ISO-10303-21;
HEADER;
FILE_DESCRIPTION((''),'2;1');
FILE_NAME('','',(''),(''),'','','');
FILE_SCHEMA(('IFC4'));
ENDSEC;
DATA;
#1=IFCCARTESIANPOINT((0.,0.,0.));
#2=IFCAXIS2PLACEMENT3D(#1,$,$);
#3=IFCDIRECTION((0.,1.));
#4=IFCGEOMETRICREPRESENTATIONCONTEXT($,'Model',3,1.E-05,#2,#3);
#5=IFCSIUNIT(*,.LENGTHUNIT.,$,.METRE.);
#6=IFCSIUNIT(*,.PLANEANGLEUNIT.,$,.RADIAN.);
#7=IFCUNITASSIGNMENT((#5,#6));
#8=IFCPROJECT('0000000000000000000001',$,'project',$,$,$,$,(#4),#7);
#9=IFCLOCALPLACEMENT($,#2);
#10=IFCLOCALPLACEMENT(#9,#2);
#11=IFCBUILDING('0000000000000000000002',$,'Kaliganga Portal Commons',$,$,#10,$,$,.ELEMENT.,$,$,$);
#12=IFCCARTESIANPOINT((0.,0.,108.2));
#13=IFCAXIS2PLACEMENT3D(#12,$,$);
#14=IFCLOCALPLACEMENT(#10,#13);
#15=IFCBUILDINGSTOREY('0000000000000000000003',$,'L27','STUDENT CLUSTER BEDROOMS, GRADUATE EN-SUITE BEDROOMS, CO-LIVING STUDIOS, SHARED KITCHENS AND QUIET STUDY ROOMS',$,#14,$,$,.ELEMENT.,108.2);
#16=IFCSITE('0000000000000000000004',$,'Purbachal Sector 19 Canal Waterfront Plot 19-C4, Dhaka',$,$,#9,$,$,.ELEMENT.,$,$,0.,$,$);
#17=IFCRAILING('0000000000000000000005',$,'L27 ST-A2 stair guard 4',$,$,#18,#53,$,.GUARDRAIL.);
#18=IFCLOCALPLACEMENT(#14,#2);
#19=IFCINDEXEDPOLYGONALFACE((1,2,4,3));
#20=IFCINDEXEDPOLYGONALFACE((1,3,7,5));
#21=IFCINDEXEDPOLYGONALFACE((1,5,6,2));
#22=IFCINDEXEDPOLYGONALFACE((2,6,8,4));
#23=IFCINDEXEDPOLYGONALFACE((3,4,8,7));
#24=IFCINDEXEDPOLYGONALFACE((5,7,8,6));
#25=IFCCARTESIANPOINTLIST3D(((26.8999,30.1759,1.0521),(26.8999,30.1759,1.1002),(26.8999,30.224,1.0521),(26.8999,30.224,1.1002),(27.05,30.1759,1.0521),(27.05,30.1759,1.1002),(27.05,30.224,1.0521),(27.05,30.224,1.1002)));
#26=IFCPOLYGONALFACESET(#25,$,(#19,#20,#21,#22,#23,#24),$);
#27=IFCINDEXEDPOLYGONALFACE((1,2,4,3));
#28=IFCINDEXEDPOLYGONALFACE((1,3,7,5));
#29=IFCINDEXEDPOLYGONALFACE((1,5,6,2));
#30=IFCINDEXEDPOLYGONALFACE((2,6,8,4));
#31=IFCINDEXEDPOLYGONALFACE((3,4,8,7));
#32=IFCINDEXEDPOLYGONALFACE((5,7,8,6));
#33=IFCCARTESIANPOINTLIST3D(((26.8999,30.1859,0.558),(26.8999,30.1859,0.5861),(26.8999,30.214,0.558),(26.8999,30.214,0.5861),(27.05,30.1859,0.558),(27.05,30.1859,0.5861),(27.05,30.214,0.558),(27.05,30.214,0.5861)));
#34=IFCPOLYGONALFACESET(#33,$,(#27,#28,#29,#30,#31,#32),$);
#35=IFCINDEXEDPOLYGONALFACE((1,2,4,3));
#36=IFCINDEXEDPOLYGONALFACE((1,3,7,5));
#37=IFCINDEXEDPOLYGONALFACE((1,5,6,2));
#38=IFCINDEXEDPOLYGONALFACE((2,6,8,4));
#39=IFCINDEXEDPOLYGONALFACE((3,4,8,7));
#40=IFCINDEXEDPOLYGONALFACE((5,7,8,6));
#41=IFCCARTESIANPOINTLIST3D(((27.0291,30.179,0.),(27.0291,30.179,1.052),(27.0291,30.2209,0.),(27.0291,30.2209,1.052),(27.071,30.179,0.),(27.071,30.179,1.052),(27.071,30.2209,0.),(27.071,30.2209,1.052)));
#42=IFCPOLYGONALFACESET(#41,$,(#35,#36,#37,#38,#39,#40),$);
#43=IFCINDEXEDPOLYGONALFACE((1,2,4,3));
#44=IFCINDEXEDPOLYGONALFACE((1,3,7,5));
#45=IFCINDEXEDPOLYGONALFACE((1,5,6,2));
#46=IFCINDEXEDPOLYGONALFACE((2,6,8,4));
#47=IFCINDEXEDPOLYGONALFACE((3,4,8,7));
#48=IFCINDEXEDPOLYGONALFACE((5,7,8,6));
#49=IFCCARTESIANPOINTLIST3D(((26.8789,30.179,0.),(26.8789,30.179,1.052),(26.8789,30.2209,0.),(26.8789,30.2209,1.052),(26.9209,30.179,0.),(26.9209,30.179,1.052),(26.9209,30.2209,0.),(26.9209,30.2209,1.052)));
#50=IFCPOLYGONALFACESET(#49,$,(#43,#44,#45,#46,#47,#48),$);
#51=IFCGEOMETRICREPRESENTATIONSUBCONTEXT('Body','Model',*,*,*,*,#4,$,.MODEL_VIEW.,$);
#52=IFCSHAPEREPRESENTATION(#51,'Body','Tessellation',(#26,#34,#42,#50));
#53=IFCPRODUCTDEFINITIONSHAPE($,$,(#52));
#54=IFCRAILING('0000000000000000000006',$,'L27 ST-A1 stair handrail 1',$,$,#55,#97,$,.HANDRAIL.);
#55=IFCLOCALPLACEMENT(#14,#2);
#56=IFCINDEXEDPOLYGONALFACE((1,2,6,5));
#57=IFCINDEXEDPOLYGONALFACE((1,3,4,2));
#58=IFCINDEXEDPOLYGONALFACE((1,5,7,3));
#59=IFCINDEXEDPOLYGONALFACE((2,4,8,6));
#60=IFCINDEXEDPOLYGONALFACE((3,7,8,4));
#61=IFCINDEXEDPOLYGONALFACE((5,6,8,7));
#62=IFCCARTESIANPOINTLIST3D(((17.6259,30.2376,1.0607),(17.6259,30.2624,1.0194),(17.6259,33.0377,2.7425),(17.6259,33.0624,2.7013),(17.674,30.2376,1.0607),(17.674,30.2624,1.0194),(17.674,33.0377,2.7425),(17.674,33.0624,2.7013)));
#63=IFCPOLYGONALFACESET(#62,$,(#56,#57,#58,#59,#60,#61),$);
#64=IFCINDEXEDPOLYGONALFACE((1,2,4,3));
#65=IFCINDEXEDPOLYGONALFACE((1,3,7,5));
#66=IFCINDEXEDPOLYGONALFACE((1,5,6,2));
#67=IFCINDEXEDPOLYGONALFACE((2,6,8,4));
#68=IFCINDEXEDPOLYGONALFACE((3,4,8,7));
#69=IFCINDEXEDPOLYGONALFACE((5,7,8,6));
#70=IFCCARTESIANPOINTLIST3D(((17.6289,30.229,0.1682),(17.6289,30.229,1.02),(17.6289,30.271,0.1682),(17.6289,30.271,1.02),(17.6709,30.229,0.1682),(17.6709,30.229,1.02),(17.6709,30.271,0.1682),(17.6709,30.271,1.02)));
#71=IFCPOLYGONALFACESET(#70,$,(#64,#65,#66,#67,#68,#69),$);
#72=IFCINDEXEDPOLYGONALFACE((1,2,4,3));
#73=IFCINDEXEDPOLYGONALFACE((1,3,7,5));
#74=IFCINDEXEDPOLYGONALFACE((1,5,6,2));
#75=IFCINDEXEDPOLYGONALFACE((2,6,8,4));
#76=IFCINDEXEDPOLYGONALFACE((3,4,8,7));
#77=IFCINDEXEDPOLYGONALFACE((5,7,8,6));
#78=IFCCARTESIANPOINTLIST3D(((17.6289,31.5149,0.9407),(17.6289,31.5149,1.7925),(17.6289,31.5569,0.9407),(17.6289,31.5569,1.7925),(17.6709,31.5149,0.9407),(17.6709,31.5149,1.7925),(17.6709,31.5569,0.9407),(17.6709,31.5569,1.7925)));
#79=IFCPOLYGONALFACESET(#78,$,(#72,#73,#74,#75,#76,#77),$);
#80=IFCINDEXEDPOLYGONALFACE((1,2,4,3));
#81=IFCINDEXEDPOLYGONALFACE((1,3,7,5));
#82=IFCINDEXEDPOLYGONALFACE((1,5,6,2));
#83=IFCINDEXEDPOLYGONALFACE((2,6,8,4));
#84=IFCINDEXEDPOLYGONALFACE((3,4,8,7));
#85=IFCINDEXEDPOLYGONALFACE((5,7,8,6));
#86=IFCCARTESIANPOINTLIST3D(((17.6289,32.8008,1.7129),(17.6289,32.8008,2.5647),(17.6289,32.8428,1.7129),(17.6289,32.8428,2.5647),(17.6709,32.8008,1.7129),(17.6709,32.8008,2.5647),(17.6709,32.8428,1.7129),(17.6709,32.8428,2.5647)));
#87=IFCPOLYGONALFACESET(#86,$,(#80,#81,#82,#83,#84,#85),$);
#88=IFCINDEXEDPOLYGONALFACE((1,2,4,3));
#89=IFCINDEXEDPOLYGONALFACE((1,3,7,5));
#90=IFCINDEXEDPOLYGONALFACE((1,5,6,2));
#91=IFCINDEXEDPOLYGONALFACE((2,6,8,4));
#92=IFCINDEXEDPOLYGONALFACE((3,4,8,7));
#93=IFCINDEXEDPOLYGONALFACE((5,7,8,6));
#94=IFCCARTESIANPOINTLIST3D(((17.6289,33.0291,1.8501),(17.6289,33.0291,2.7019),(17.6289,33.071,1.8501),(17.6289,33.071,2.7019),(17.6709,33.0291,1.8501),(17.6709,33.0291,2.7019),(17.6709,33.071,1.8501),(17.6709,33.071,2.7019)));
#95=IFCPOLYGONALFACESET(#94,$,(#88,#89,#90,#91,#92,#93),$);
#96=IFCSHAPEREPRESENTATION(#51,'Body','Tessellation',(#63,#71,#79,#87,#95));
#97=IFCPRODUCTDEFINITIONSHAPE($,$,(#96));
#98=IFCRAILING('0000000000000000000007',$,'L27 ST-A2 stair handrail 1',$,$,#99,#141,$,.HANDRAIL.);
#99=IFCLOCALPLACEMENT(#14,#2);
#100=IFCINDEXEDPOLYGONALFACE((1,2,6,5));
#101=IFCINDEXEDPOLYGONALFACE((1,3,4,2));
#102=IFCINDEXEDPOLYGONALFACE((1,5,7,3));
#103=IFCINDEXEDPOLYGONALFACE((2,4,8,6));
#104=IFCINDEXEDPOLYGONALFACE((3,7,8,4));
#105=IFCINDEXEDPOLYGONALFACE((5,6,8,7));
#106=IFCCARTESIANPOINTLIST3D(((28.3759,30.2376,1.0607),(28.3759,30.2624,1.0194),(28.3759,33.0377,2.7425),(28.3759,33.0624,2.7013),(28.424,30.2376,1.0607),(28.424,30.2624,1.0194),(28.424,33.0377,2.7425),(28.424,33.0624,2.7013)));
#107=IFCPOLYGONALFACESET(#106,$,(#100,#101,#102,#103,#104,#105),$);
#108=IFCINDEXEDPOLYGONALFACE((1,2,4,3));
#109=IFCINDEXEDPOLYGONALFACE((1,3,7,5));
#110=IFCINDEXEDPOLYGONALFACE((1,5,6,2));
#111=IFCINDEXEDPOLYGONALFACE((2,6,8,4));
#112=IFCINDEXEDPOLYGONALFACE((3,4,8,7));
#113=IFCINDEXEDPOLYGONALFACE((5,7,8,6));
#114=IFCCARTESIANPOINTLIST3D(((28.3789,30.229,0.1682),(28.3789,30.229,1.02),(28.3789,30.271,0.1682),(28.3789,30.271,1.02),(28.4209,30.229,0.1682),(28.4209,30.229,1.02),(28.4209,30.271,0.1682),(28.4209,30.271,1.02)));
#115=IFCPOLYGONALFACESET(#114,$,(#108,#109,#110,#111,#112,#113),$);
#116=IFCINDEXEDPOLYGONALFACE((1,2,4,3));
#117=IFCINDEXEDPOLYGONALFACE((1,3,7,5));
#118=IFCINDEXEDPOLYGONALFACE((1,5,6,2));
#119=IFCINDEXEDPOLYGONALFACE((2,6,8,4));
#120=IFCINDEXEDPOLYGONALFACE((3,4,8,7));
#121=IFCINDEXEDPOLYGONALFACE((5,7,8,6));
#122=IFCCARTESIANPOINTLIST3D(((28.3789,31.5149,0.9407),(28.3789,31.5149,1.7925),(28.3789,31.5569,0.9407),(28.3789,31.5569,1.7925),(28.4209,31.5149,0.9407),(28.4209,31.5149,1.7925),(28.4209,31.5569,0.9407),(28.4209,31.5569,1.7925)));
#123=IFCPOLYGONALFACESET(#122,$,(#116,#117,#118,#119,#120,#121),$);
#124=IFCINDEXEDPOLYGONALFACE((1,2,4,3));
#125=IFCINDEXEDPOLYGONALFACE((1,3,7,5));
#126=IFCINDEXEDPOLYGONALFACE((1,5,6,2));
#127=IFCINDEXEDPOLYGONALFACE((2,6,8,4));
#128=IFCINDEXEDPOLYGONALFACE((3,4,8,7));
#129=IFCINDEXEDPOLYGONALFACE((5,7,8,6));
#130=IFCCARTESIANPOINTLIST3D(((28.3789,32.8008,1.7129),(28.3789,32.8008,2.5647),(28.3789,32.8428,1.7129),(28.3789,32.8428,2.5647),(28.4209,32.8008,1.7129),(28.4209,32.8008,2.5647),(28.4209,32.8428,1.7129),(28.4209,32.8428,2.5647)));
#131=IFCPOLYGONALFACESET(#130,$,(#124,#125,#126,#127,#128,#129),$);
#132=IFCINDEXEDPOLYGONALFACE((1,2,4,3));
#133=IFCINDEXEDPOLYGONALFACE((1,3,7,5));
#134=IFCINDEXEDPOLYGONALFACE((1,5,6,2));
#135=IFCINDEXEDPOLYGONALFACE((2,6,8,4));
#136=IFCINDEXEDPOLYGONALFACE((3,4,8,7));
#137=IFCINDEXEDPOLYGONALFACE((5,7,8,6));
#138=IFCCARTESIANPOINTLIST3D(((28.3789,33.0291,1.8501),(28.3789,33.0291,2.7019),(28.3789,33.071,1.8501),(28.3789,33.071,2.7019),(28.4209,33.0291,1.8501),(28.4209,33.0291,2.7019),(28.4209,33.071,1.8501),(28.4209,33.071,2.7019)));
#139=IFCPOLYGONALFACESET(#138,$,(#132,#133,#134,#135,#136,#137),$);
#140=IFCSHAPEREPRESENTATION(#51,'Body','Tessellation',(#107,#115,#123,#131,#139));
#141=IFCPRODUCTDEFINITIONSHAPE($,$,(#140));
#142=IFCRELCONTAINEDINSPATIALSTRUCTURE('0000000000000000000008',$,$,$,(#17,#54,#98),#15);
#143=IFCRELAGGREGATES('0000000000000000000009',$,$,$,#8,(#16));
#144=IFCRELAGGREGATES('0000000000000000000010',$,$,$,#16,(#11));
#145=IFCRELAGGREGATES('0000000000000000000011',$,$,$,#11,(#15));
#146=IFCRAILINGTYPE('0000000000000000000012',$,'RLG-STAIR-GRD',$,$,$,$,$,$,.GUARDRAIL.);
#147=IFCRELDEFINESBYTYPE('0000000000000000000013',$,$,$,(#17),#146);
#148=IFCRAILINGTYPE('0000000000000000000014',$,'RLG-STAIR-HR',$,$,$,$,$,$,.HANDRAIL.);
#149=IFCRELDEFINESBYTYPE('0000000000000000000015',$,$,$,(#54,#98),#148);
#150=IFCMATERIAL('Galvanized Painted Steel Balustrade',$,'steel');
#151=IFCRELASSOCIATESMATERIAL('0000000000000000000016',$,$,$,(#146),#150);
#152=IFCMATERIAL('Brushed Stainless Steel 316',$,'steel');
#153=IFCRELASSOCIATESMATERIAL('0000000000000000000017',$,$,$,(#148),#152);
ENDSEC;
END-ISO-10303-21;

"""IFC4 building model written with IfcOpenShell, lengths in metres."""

from ifc_helpers import new_model, si_unit, direction, frame, origin, origin_2d, place, context, subcontext, project, spatial, rectangle, extrude, material, type_object, element, save


model = new_model("IFC4")

# Units and contexts
model_context = context("Model", 3, precision=1e-05, world=origin(), true_north=direction((0.0, 1.0)))
body_context = subcontext(model_context, "Body", "Model", "MODEL_VIEW")
ifc_project = project(units=[si_unit("LENGTHUNIT", "METRE"), si_unit("PLANEANGLEUNIT", "RADIAN")], contexts=[model_context])

# Site, building, storey
site_placement = place(None, origin())
site = spatial("IfcSite", under=ifc_project, at=site_placement, Name="Purbachal Sector 19 Canal Waterfront Plot 19-C4, Dhaka", CompositionType="ELEMENT", RefElevation=0.0)
building_placement = place(site_placement, origin())
building = spatial("IfcBuilding", under=site, at=building_placement, Name="Kaliganga Portal Commons", CompositionType="ELEMENT")
storey_placement = place(building_placement, frame((0.0, 0.0, 108.2)))
storey = spatial("IfcBuildingStorey", under=building, at=storey_placement, Name="L27", Description="STUDENT CLUSTER BEDROOMS, GRADUATE EN-SUITE BEDROOMS, CO-LIVING STUDIOS, SHARED KITCHENS AND QUIET STUDY ROOMS", CompositionType="ELEMENT", Elevation=108.2)

# Railings
ifc_material_1 = material(Name="Galvanized Painted Steel Balustrade", Category="steel")
railing_type_1 = type_object("IfcRailingType", Name="RLG-STAIR-GRD", PredefinedType="GUARDRAIL", material=ifc_material_1)
railing_1_placement = place(storey_placement, frame((27.05, 30.2, 0.0)))
element("IfcRailing", 1, at=railing_1_placement, inside=storey, type_object=railing_type_1, Name="L27 ST-A2 stair guard 4", PredefinedType="GUARDRAIL", context=body_context, shape_type="SweptSolid", body=[
    extrude(rectangle(XDim=0.0481, YDim=0.0481, at=origin_2d()), frame((0.0, 0.0, 1.0762), z_axis=(-1.0, 0.0, 0.0), x_axis=(0.0, -1.0, 0.0)), (0.0, 0.0, 1.0), 0.1501),
    extrude(rectangle(XDim=0.0281, YDim=0.0281, at=origin_2d()), frame((0.0, 0.0, 0.572), z_axis=(-1.0, 0.0, 0.0), x_axis=(0.0, -1.0, 0.0)), (0.0, 0.0, 1.0), 0.1501),
    extrude(rectangle(XDim=0.042, YDim=0.042, at=origin_2d()), origin(), (0.0, 0.0, 1.0), 1.052),
    extrude(rectangle(XDim=0.042, YDim=0.042, at=origin_2d()), frame((-0.1501, 0.0, 0.0)), (0.0, 0.0, 1.0), 1.052),
])
ifc_material_2 = material(Name="Brushed Stainless Steel 316", Category="steel")
railing_type_2 = type_object("IfcRailingType", Name="RLG-STAIR-HR", PredefinedType="HANDRAIL", material=ifc_material_2)
for number, where, name in (
    (2, (17.6499, 30.25, 0.1682), "L27 ST-A1 stair handrail 1"),
    (3, (28.3999, 30.25, 0.1682), "L27 ST-A2 stair handrail 1"),
):
    element("IfcRailing", number, at=place(storey_placement, frame(where)), inside=storey, type_object=railing_type_2, Name=name, PredefinedType="HANDRAIL", context=body_context, shape_type="SweptSolid", body=[
        extrude(rectangle(XDim=0.0481, YDim=0.0481, at=origin_2d()), frame((0.0, 0.0, 0.8718), z_axis=(0.0, 0.857242, 0.514913), x_axis=(-1.0, 0.0, 0.0)), (0.0, 0.0, 1.0), 3.2664),
        extrude(rectangle(XDim=0.042, YDim=0.042, at=origin_2d()), origin(), (0.0, 0.0, 1.0), 0.8518),
        extrude(rectangle(XDim=0.042, YDim=0.042, at=origin_2d()), frame((0.0, 1.2859, 0.7725)), (0.0, 0.0, 1.0), 0.8518),
        extrude(rectangle(XDim=0.042, YDim=0.042, at=origin_2d()), frame((0.0, 2.5718, 1.5447)), (0.0, 0.0, 1.0), 0.8518),
        extrude(rectangle(XDim=0.042, YDim=0.042, at=origin_2d()), frame((0.0, 2.8, 1.6819)), (0.0, 0.0, 1.0), 0.8518),
    ])

save(model, "model.ifc")
